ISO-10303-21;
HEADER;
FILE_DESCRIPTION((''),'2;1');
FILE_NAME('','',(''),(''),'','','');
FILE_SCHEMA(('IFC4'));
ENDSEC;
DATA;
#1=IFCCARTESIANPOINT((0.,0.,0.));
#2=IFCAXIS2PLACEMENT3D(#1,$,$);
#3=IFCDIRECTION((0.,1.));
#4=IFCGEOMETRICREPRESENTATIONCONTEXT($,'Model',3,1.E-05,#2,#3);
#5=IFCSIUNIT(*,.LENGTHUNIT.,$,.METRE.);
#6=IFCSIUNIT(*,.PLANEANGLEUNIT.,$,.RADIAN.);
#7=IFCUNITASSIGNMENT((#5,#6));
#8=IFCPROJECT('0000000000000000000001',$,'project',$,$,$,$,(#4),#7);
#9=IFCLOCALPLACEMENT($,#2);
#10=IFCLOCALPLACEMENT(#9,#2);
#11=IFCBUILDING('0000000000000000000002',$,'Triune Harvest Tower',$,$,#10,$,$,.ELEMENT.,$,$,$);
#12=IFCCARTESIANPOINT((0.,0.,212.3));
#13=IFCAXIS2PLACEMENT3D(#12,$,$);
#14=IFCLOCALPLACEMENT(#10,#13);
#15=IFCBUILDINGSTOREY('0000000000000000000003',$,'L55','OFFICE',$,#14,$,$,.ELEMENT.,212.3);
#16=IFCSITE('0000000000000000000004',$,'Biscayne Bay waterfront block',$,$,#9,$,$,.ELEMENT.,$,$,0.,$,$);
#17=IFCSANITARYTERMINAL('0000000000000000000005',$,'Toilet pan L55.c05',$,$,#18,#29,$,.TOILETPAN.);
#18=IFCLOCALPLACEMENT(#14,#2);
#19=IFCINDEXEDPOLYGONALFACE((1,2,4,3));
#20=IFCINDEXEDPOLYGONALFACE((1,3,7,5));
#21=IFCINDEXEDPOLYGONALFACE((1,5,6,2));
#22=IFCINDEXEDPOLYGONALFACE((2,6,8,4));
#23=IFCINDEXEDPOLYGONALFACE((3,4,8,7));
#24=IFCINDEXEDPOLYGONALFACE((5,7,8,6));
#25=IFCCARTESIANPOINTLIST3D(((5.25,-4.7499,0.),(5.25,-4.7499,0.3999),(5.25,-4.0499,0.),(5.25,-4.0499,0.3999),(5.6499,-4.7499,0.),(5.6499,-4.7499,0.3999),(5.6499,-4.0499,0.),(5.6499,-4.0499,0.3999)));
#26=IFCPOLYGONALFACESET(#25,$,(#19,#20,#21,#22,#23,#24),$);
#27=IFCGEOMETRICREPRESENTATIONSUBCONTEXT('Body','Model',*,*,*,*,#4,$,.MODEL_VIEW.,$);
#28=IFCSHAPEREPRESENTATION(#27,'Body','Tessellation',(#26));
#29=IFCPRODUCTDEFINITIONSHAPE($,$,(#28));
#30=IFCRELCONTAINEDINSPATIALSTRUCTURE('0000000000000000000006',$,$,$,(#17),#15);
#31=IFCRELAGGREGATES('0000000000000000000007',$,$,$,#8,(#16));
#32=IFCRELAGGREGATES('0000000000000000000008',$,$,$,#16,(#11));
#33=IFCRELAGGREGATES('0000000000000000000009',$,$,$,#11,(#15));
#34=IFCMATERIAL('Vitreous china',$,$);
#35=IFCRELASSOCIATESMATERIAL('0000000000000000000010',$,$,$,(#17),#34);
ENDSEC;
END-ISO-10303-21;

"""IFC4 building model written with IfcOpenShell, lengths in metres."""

from ifc_helpers import new_model, si_unit, direction, frame, origin, origin_2d, place, context, subcontext, project, spatial, rectangle, extrude, source, transform, mapped, material, element, save


model = new_model("IFC4")

# Units and contexts
model_context = context("Model", 3, precision=1e-05, world=origin(), true_north=direction((0.0, 1.0)))
body_context = subcontext(model_context, "Body", "Model", "MODEL_VIEW")
ifc_project = project(units=[si_unit("LENGTHUNIT", "METRE"), si_unit("PLANEANGLEUNIT", "RADIAN")], contexts=[model_context])

# Site, building, storey
site_placement = place(None, origin())
site = spatial("IfcSite", under=ifc_project, at=site_placement, Name="Biscayne Bay waterfront block", CompositionType="ELEMENT", RefElevation=0.0)
building_placement = place(site_placement, origin())
building = spatial("IfcBuilding", under=site, at=building_placement, Name="Triune Harvest Tower", CompositionType="ELEMENT")
storey_placement = place(building_placement, frame((0.0, 0.0, 212.3)))
storey = spatial("IfcBuildingStorey", under=building, at=storey_placement, Name="L55", Description="OFFICE", CompositionType="ELEMENT", Elevation=212.3)

# Sanitary terminal
ifc_material_1 = material(Name="Vitreous china")
shared_shape_1 = source(origin(), body_context, "Body", "SweptSolid", [
    extrude(rectangle(XDim=0.3999, YDim=0.7, at=origin_2d()), origin(), (0.0, 0.0, 1.0), 0.3999),
])
sanitary_terminal_placement = place(storey_placement, frame((5.45, -4.3999, 0.0), z_axis=(0.0, 0.0, 1.0), x_axis=(1.0, 0.0, 0.0)))
element("IfcSanitaryTerminal", 1, at=sanitary_terminal_placement, inside=storey, material=ifc_material_1, Name="Toilet pan L55.c05", PredefinedType="TOILETPAN", context=body_context, shape_type="MappedRepresentation", body=[
    mapped(shared_shape_1, transform((0.0, 0.0, 0.0), scale=1.0)),
])

save(model, "model.ifc")
